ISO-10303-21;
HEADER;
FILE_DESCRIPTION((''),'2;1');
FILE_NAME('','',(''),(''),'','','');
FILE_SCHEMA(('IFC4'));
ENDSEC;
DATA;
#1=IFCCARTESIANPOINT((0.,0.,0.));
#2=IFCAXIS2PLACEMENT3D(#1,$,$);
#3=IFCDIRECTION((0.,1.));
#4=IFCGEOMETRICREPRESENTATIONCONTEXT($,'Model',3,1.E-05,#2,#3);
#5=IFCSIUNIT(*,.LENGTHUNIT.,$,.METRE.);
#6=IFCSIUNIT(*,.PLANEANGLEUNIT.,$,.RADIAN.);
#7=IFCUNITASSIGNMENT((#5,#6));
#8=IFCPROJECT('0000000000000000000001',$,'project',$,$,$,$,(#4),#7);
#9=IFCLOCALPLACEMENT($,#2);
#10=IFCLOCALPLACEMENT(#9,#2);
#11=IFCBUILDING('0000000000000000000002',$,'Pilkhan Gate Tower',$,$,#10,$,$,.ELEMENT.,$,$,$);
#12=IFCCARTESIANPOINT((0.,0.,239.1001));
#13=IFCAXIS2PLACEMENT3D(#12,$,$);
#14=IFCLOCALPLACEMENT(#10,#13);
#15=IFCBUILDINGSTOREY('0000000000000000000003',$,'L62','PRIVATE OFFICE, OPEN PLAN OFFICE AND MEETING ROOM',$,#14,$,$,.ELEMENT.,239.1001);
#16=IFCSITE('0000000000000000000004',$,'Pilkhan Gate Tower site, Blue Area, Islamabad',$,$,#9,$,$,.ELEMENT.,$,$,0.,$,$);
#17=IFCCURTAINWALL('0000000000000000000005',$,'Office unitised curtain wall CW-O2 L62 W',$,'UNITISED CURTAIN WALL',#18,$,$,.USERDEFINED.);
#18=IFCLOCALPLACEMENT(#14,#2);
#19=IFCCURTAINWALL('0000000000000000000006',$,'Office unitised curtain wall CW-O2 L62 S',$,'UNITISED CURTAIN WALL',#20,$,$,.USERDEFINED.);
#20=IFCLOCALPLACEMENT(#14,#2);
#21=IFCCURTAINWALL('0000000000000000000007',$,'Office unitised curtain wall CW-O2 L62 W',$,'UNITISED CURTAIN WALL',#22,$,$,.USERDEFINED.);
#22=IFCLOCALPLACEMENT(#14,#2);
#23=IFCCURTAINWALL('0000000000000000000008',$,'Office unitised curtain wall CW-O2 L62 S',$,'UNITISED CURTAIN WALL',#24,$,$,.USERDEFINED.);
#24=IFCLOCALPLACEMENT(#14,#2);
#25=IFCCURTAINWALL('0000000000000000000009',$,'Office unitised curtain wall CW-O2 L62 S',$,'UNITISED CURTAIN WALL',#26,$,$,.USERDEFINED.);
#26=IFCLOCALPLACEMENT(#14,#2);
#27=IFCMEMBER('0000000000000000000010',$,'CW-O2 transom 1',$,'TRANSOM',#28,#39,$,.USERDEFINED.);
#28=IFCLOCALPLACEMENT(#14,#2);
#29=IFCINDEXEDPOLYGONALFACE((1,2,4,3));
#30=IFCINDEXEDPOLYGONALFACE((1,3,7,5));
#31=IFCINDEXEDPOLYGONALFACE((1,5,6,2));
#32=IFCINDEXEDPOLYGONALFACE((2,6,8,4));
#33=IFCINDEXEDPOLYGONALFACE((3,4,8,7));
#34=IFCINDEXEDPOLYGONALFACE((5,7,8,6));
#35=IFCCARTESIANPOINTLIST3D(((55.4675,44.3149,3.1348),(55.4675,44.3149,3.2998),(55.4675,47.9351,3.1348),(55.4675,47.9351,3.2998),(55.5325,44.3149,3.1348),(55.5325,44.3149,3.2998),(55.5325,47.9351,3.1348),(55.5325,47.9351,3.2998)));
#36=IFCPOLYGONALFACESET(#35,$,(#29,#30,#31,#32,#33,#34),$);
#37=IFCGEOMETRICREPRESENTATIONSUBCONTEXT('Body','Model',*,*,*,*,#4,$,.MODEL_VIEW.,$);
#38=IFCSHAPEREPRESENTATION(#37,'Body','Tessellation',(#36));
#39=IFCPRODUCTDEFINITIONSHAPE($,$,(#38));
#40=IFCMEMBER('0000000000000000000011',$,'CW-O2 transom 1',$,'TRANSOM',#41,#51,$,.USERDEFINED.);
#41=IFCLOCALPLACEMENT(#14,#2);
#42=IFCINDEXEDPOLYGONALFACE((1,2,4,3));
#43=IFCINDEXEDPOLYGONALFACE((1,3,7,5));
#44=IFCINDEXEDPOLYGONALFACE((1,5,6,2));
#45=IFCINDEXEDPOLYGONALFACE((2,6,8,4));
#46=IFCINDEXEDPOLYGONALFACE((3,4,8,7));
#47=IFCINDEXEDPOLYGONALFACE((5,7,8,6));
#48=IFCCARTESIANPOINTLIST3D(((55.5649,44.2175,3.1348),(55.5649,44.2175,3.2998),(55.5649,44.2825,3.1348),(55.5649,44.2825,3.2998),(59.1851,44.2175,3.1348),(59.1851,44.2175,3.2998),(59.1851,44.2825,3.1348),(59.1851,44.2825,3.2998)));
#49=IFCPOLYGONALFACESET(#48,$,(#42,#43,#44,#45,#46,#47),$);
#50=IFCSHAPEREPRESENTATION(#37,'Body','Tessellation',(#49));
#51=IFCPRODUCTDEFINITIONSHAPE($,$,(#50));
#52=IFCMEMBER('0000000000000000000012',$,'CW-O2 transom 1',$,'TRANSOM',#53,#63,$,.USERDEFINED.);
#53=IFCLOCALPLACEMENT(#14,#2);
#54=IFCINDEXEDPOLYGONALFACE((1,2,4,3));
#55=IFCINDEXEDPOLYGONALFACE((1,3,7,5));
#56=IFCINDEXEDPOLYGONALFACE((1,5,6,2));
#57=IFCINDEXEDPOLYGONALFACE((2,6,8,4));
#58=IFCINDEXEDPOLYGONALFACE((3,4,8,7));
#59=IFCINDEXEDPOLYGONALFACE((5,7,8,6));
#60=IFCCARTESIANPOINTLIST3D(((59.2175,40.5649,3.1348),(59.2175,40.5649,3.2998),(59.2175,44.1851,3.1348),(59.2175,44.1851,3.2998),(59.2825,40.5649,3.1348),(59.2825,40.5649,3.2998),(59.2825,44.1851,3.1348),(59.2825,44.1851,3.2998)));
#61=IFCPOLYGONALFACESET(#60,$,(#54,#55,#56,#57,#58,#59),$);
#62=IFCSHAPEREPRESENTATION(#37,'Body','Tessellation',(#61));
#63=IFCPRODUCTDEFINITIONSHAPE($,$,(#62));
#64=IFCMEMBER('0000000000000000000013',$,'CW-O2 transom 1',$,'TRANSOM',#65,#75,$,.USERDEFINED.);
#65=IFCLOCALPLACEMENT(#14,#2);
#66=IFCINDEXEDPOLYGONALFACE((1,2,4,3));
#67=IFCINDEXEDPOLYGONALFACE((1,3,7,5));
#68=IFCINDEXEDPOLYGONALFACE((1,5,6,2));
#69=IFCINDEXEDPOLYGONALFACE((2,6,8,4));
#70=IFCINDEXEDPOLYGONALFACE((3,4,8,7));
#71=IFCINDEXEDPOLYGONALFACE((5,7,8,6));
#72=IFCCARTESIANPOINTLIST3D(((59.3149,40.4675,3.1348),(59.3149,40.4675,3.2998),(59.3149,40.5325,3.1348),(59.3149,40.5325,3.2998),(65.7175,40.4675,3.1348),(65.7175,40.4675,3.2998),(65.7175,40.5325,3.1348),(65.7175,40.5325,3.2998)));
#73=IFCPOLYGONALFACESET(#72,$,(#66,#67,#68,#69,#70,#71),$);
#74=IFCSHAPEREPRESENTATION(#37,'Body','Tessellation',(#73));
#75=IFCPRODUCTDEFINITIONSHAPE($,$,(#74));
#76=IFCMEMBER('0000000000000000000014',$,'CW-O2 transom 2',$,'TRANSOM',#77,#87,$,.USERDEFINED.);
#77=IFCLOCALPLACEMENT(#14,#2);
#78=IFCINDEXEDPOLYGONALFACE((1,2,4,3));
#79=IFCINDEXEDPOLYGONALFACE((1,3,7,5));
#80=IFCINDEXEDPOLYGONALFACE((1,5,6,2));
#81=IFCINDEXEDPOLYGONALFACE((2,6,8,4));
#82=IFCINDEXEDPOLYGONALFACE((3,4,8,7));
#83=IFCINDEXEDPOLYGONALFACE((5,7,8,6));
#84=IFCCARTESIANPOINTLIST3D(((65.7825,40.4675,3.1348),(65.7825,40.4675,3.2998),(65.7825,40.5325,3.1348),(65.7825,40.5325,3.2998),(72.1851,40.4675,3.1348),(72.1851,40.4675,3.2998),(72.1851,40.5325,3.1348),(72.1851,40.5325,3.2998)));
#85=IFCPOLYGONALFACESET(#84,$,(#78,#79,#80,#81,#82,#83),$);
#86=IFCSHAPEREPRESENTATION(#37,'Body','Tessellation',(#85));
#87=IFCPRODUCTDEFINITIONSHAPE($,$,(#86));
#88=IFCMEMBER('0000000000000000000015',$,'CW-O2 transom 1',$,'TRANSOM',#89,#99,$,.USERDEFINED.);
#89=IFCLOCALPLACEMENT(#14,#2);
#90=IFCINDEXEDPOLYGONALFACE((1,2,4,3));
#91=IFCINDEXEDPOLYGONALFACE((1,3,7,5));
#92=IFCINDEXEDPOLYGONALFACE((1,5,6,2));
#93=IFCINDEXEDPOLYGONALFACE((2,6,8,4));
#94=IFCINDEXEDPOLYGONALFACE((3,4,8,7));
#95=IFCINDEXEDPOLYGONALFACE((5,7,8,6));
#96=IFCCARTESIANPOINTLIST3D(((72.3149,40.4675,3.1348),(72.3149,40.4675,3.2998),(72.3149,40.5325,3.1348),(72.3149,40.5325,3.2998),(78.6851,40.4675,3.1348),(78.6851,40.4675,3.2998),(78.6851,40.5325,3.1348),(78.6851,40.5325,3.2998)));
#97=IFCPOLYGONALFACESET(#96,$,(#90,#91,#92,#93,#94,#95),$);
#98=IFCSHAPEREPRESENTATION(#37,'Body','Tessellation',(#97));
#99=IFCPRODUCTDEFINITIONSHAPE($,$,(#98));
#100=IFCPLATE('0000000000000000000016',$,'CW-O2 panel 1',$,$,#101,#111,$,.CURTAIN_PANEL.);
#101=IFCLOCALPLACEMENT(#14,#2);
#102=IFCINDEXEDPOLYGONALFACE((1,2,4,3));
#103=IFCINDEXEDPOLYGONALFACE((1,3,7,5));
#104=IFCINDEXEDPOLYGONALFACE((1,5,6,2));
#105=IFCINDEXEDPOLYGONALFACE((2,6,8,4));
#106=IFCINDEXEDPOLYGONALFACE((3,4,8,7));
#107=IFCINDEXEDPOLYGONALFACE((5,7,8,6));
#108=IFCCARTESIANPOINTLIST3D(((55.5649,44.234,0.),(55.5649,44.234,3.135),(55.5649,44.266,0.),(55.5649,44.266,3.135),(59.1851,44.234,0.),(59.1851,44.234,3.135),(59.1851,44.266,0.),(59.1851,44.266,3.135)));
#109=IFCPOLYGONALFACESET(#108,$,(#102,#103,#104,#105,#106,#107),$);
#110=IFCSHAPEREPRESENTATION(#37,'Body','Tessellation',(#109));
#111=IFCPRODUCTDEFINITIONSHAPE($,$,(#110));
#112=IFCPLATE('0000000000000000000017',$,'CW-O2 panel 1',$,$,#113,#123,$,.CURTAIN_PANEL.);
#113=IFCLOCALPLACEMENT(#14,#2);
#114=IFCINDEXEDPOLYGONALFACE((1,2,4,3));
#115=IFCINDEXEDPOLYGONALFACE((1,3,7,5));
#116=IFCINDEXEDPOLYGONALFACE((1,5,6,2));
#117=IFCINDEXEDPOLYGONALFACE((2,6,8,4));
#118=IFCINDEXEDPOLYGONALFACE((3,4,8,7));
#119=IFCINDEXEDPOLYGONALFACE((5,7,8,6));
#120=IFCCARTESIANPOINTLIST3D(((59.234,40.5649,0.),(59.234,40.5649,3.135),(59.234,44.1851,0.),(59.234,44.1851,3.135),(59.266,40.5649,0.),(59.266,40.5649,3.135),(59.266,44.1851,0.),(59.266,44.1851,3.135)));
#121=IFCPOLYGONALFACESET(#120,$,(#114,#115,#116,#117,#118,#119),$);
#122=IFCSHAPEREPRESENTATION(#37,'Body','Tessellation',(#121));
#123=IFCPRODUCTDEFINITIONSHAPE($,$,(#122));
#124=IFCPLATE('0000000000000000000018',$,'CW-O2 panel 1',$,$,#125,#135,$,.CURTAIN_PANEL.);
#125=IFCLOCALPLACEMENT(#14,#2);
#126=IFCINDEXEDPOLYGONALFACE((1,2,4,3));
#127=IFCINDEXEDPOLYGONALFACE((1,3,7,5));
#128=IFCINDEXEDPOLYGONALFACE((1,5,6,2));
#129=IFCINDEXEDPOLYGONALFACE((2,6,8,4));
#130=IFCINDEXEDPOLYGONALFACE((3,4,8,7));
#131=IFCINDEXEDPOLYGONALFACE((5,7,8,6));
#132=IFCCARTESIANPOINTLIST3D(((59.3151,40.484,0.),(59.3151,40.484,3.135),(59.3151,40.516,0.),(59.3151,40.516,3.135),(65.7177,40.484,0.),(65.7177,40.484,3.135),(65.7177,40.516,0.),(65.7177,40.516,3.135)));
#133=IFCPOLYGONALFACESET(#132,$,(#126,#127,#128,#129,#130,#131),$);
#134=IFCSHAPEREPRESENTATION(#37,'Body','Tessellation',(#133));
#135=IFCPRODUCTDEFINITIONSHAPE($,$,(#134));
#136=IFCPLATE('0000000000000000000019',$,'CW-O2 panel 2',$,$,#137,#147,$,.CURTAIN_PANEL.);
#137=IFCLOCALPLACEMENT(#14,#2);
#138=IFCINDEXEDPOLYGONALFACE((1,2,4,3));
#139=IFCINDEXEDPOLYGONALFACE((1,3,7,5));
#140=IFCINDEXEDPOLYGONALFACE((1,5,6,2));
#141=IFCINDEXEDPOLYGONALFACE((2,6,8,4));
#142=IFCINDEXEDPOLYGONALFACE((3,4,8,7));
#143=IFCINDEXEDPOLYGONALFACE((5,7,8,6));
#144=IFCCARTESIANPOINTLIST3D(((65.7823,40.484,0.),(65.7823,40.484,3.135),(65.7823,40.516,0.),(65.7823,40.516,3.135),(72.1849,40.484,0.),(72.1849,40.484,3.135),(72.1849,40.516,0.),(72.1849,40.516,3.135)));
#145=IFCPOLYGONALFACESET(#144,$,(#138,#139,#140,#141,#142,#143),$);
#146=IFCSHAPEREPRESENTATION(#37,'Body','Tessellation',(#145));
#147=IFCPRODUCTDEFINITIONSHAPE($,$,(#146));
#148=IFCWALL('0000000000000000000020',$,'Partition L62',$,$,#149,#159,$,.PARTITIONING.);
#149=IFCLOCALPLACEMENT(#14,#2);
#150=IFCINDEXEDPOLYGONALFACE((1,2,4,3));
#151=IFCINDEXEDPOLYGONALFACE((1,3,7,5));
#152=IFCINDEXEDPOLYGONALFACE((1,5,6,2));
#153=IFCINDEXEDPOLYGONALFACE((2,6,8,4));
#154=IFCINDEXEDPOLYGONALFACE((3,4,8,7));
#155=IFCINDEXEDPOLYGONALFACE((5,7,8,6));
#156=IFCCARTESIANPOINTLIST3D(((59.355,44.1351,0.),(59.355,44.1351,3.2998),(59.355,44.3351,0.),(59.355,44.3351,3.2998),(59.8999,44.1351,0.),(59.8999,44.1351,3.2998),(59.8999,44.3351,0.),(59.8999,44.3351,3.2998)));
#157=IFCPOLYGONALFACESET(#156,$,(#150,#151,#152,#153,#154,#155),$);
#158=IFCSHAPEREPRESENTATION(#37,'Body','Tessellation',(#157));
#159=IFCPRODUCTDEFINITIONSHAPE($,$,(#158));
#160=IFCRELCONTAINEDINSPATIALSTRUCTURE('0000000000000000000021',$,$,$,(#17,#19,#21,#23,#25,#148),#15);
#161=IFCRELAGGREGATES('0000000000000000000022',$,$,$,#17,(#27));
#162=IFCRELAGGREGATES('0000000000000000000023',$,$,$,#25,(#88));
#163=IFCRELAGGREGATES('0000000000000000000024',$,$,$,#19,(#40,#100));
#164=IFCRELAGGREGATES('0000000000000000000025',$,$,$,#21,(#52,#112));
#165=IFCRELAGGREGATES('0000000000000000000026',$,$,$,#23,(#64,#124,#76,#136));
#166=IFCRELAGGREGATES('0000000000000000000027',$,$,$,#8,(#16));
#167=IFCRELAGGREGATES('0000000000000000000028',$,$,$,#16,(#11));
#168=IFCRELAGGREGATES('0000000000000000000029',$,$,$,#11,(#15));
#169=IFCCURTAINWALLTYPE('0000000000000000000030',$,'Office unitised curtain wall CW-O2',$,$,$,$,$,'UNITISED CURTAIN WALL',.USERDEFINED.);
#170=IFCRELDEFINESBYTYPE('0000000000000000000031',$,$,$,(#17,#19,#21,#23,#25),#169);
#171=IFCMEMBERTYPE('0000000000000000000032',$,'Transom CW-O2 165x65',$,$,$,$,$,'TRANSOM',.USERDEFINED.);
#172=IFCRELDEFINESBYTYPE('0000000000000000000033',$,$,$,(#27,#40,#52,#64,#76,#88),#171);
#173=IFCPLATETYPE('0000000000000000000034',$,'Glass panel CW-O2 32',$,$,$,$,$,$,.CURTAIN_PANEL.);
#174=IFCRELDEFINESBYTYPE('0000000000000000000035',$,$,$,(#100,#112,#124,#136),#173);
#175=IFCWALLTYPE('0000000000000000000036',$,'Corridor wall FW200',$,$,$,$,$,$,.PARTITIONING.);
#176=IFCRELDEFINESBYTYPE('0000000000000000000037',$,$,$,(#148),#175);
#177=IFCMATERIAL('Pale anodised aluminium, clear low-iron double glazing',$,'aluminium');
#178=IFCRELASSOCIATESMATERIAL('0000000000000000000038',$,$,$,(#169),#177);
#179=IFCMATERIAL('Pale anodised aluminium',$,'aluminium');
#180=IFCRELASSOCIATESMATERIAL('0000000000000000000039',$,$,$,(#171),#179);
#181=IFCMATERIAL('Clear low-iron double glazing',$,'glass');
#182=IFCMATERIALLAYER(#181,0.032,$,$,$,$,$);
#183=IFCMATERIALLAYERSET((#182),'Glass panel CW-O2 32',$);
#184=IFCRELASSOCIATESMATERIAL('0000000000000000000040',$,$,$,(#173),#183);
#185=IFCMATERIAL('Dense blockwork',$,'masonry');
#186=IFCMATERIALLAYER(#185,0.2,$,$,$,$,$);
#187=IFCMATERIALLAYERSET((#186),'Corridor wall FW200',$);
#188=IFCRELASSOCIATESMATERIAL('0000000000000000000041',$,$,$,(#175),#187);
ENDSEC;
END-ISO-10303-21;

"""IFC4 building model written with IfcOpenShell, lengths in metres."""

from ifc_helpers import new_model, si_unit, direction, frame, frame_2d, origin, origin_2d, place, context, subcontext, project, spatial, rectangle, extrude, material, layer, layer_set, material_profile, profile_set, type_object, element, aggregate, save


model = new_model("IFC4")

# Units and contexts
model_context = context("Model", 3, precision=1e-05, world=origin(), true_north=direction((0.0, 1.0)))
body_context = subcontext(model_context, "Body", "Model", "MODEL_VIEW")
ifc_project = project(units=[si_unit("LENGTHUNIT", "METRE"), si_unit("PLANEANGLEUNIT", "RADIAN")], contexts=[model_context])

# Site, building, storey
site_placement = place(None, origin())
site = spatial("IfcSite", under=ifc_project, at=site_placement, Name="Pilkhan Gate Tower site, Blue Area, Islamabad", CompositionType="ELEMENT", RefElevation=0.0)
building_placement = place(site_placement, origin())
building = spatial("IfcBuilding", under=site, at=building_placement, Name="Pilkhan Gate Tower", CompositionType="ELEMENT")
storey_placement = place(building_placement, frame((0.0, 0.0, 239.1001)))
storey = spatial("IfcBuildingStorey", under=building, at=storey_placement, Name="L62", Description="PRIVATE OFFICE, OPEN PLAN OFFICE AND MEETING ROOM", CompositionType="ELEMENT", Elevation=239.1001)

# Curtain wall
ifc_material_1 = material(Name="Pale anodised aluminium, clear low-iron double glazing", Category="aluminium")
curtain_wall_type = type_object("IfcCurtainWallType", Name="Office unitised curtain wall CW-O2", ElementType="UNITISED CURTAIN WALL", PredefinedType="USERDEFINED", material=ifc_material_1)
curtain_wall_1_placement = place(storey_placement, origin())
curtain_wall_1 = element("IfcCurtainWall", 1, at=curtain_wall_1_placement, inside=storey, type_object=curtain_wall_type, Name="Office unitised curtain wall CW-O2 L62 W", ObjectType="UNITISED CURTAIN WALL", PredefinedType="USERDEFINED")
ifc_material_2 = material(Name="Pale anodised aluminium", Category="aluminium")

# Curtain walls
curtain_wall_2_placement = place(storey_placement, origin())
curtain_wall_2 = element("IfcCurtainWall", 2, at=curtain_wall_2_placement, inside=storey, type_object=curtain_wall_type, Name="Office unitised curtain wall CW-O2 L62 S", ObjectType="UNITISED CURTAIN WALL", PredefinedType="USERDEFINED")
curtain_wall_3_placement = place(storey_placement, origin())
curtain_wall_3 = element("IfcCurtainWall", 3, at=curtain_wall_3_placement, inside=storey, type_object=curtain_wall_type, Name="Office unitised curtain wall CW-O2 L62 W", ObjectType="UNITISED CURTAIN WALL", PredefinedType="USERDEFINED")
curtain_wall_4_placement = place(storey_placement, origin())
curtain_wall_4 = element("IfcCurtainWall", 4, at=curtain_wall_4_placement, inside=storey, type_object=curtain_wall_type, Name="Office unitised curtain wall CW-O2 L62 S", ObjectType="UNITISED CURTAIN WALL", PredefinedType="USERDEFINED")

# Curtain wall
curtain_wall_5_placement = place(storey_placement, origin())
curtain_wall_5 = element("IfcCurtainWall", 5, at=curtain_wall_5_placement, inside=storey, type_object=curtain_wall_type, Name="Office unitised curtain wall CW-O2 L62 S", ObjectType="UNITISED CURTAIN WALL", PredefinedType="USERDEFINED")

# Members
ifc_material_profile_1 = material_profile(ifc_material_2, rectangle(XDim=0.0649, YDim=0.165, at=origin_2d()), Name="Transom 165x65")
ifc_profile_set_1 = profile_set([ifc_material_profile_1], Name="Pale anodised aluminium")
member_type_1 = type_object("IfcMemberType", Name="Transom CW-O2 165x65", ElementType="TRANSOM", PredefinedType="USERDEFINED", material=ifc_profile_set_1)
member_1_placement = place(storey_placement, frame((55.5, 44.3149, 3.2173), z_axis=(0.0, 1.0, 0.0), x_axis=(-1.0, 0.0, 0.0)))
member_1 = element("IfcMember", 6, at=member_1_placement, type_object=member_type_1, Name="CW-O2 transom 1", ObjectType="TRANSOM", PredefinedType="USERDEFINED", context=body_context, shape_type="SweptSolid", body=[
    extrude(rectangle(XDim=0.0649, YDim=0.165, at=origin_2d()), origin(), (0.0, 0.0, 1.0), 3.6201),
])
aggregate(curtain_wall_1, [member_1])
member_2_placement = place(storey_placement, frame((55.5649, 44.25, 3.2173), z_axis=(1.0, 0.0, 0.0), x_axis=(0.0, 1.0, 0.0)))
member_2 = element("IfcMember", 7, at=member_2_placement, type_object=member_type_1, Name="CW-O2 transom 1", ObjectType="TRANSOM", PredefinedType="USERDEFINED", context=body_context, shape_type="SweptSolid", body=[
    extrude(rectangle(XDim=0.0649, YDim=0.165, at=origin_2d()), origin(), (0.0, 0.0, 1.0), 3.6201),
])
member_3_placement = place(storey_placement, frame((59.25, 40.5649, 3.2173), z_axis=(0.0, 1.0, 0.0), x_axis=(-1.0, 0.0, 0.0)))
member_3 = element("IfcMember", 8, at=member_3_placement, type_object=member_type_1, Name="CW-O2 transom 1", ObjectType="TRANSOM", PredefinedType="USERDEFINED", context=body_context, shape_type="SweptSolid", body=[
    extrude(rectangle(XDim=0.0649, YDim=0.165, at=origin_2d()), origin(), (0.0, 0.0, 1.0), 3.6201),
])
member_4_placement = place(storey_placement, frame((59.3149, 40.5, 3.2173), z_axis=(1.0, 0.0, 0.0), x_axis=(0.0, 1.0, 0.0)))
member_4 = element("IfcMember", 9, at=member_4_placement, type_object=member_type_1, Name="CW-O2 transom 1", ObjectType="TRANSOM", PredefinedType="USERDEFINED", context=body_context, shape_type="SweptSolid", body=[
    extrude(rectangle(XDim=0.0649, YDim=0.165, at=origin_2d()), origin(), (0.0, 0.0, 1.0), 6.4026),
])
member_5_placement = place(storey_placement, frame((65.7825, 40.5, 3.2173), z_axis=(1.0, 0.0, 0.0), x_axis=(0.0, 1.0, 0.0)))
member_5 = element("IfcMember", 10, at=member_5_placement, type_object=member_type_1, Name="CW-O2 transom 2", ObjectType="TRANSOM", PredefinedType="USERDEFINED", context=body_context, shape_type="SweptSolid", body=[
    extrude(rectangle(XDim=0.0649, YDim=0.165, at=origin_2d()), origin(), (0.0, 0.0, 1.0), 6.4026),
])
member_6_placement = place(storey_placement, frame((72.3149, 40.5, 3.2173), z_axis=(1.0, 0.0, 0.0), x_axis=(0.0, 1.0, 0.0)))
member_6 = element("IfcMember", 11, at=member_6_placement, type_object=member_type_1, Name="CW-O2 transom 1", ObjectType="TRANSOM", PredefinedType="USERDEFINED", context=body_context, shape_type="SweptSolid", body=[
    extrude(rectangle(XDim=0.0649, YDim=0.165, at=origin_2d()), origin(), (0.0, 0.0, 1.0), 6.3701),
])
aggregate(curtain_wall_5, [member_6])

# Plates
ifc_material_3 = material(Name="Clear low-iron double glazing", Category="glass")
ifc_layer_1 = layer(ifc_material_3, 0.032)
ifc_layer_set_1 = layer_set([ifc_layer_1], Name="Glass panel CW-O2 32")
plate_type = type_object("IfcPlateType", Name="Glass panel CW-O2 32", PredefinedType="CURTAIN_PANEL", material=ifc_layer_set_1)
plate_1_placement = place(storey_placement, frame((57.375, 44.25, 0.0), z_axis=(0.0, 0.0, 1.0), x_axis=(1.0, 0.0, 0.0)))
plate_1 = element("IfcPlate", 12, at=plate_1_placement, type_object=plate_type, Name="CW-O2 panel 1", PredefinedType="CURTAIN_PANEL", context=body_context, shape_type="SweptSolid", body=[
    extrude(rectangle(XDim=3.6201, YDim=0.032, at=origin_2d()), origin(), (0.0, 0.0, 1.0), 3.135),
])
aggregate(curtain_wall_2, [member_2, plate_1])
plate_2_placement = place(storey_placement, frame((59.25, 42.375, 0.0), z_axis=(0.0, 0.0, 1.0), x_axis=(0.0, 1.0, 0.0)))
plate_2 = element("IfcPlate", 13, at=plate_2_placement, type_object=plate_type, Name="CW-O2 panel 1", PredefinedType="CURTAIN_PANEL", context=body_context, shape_type="SweptSolid", body=[
    extrude(rectangle(XDim=3.6201, YDim=0.032, at=origin_2d()), origin(), (0.0, 0.0, 1.0), 3.135),
])
aggregate(curtain_wall_3, [member_3, plate_2])
plate_3_placement = place(storey_placement, frame((62.5164, 40.5, 0.0), z_axis=(0.0, 0.0, 1.0), x_axis=(1.0, 0.0, 0.0)))
plate_3 = element("IfcPlate", 14, at=plate_3_placement, type_object=plate_type, Name="CW-O2 panel 1", PredefinedType="CURTAIN_PANEL", context=body_context, shape_type="SweptSolid", body=[
    extrude(rectangle(XDim=6.4026, YDim=0.032, at=origin_2d()), origin(), (0.0, 0.0, 1.0), 3.135),
])
plate_4_placement = place(storey_placement, frame((68.9836, 40.5, 0.0), z_axis=(0.0, 0.0, 1.0), x_axis=(1.0, 0.0, 0.0)))
plate_4 = element("IfcPlate", 15, at=plate_4_placement, type_object=plate_type, Name="CW-O2 panel 2", PredefinedType="CURTAIN_PANEL", context=body_context, shape_type="SweptSolid", body=[
    extrude(rectangle(XDim=6.4026, YDim=0.032, at=origin_2d()), origin(), (0.0, 0.0, 1.0), 3.135),
])
aggregate(curtain_wall_4, [member_4, plate_3, member_5, plate_4])

# Wall
ifc_material_4 = material(Name="Dense blockwork", Category="masonry")
ifc_layer_2 = layer(ifc_material_4, 0.2)
ifc_layer_set_2 = layer_set([ifc_layer_2], Name="Corridor wall FW200")
wall_type_1 = type_object("IfcWallType", Name="Corridor wall FW200", PredefinedType="PARTITIONING", material=ifc_layer_set_2)
wall_1_placement = place(storey_placement, frame((59.355, 44.2351, 0.0), z_axis=(0.0, 0.0, 1.0), x_axis=(1.0, 0.0, 0.0)))
element("IfcWall", 16, at=wall_1_placement, inside=storey, type_object=wall_type_1, Name="Partition L62", PredefinedType="PARTITIONING", context=body_context, shape_type="SweptSolid", body=[
    extrude(rectangle(XDim=0.5449, YDim=0.2, at=frame_2d((0.2725, 0.0))), origin(), (0.0, 0.0, 1.0), 3.2998),
])

save(model, "model.ifc")
